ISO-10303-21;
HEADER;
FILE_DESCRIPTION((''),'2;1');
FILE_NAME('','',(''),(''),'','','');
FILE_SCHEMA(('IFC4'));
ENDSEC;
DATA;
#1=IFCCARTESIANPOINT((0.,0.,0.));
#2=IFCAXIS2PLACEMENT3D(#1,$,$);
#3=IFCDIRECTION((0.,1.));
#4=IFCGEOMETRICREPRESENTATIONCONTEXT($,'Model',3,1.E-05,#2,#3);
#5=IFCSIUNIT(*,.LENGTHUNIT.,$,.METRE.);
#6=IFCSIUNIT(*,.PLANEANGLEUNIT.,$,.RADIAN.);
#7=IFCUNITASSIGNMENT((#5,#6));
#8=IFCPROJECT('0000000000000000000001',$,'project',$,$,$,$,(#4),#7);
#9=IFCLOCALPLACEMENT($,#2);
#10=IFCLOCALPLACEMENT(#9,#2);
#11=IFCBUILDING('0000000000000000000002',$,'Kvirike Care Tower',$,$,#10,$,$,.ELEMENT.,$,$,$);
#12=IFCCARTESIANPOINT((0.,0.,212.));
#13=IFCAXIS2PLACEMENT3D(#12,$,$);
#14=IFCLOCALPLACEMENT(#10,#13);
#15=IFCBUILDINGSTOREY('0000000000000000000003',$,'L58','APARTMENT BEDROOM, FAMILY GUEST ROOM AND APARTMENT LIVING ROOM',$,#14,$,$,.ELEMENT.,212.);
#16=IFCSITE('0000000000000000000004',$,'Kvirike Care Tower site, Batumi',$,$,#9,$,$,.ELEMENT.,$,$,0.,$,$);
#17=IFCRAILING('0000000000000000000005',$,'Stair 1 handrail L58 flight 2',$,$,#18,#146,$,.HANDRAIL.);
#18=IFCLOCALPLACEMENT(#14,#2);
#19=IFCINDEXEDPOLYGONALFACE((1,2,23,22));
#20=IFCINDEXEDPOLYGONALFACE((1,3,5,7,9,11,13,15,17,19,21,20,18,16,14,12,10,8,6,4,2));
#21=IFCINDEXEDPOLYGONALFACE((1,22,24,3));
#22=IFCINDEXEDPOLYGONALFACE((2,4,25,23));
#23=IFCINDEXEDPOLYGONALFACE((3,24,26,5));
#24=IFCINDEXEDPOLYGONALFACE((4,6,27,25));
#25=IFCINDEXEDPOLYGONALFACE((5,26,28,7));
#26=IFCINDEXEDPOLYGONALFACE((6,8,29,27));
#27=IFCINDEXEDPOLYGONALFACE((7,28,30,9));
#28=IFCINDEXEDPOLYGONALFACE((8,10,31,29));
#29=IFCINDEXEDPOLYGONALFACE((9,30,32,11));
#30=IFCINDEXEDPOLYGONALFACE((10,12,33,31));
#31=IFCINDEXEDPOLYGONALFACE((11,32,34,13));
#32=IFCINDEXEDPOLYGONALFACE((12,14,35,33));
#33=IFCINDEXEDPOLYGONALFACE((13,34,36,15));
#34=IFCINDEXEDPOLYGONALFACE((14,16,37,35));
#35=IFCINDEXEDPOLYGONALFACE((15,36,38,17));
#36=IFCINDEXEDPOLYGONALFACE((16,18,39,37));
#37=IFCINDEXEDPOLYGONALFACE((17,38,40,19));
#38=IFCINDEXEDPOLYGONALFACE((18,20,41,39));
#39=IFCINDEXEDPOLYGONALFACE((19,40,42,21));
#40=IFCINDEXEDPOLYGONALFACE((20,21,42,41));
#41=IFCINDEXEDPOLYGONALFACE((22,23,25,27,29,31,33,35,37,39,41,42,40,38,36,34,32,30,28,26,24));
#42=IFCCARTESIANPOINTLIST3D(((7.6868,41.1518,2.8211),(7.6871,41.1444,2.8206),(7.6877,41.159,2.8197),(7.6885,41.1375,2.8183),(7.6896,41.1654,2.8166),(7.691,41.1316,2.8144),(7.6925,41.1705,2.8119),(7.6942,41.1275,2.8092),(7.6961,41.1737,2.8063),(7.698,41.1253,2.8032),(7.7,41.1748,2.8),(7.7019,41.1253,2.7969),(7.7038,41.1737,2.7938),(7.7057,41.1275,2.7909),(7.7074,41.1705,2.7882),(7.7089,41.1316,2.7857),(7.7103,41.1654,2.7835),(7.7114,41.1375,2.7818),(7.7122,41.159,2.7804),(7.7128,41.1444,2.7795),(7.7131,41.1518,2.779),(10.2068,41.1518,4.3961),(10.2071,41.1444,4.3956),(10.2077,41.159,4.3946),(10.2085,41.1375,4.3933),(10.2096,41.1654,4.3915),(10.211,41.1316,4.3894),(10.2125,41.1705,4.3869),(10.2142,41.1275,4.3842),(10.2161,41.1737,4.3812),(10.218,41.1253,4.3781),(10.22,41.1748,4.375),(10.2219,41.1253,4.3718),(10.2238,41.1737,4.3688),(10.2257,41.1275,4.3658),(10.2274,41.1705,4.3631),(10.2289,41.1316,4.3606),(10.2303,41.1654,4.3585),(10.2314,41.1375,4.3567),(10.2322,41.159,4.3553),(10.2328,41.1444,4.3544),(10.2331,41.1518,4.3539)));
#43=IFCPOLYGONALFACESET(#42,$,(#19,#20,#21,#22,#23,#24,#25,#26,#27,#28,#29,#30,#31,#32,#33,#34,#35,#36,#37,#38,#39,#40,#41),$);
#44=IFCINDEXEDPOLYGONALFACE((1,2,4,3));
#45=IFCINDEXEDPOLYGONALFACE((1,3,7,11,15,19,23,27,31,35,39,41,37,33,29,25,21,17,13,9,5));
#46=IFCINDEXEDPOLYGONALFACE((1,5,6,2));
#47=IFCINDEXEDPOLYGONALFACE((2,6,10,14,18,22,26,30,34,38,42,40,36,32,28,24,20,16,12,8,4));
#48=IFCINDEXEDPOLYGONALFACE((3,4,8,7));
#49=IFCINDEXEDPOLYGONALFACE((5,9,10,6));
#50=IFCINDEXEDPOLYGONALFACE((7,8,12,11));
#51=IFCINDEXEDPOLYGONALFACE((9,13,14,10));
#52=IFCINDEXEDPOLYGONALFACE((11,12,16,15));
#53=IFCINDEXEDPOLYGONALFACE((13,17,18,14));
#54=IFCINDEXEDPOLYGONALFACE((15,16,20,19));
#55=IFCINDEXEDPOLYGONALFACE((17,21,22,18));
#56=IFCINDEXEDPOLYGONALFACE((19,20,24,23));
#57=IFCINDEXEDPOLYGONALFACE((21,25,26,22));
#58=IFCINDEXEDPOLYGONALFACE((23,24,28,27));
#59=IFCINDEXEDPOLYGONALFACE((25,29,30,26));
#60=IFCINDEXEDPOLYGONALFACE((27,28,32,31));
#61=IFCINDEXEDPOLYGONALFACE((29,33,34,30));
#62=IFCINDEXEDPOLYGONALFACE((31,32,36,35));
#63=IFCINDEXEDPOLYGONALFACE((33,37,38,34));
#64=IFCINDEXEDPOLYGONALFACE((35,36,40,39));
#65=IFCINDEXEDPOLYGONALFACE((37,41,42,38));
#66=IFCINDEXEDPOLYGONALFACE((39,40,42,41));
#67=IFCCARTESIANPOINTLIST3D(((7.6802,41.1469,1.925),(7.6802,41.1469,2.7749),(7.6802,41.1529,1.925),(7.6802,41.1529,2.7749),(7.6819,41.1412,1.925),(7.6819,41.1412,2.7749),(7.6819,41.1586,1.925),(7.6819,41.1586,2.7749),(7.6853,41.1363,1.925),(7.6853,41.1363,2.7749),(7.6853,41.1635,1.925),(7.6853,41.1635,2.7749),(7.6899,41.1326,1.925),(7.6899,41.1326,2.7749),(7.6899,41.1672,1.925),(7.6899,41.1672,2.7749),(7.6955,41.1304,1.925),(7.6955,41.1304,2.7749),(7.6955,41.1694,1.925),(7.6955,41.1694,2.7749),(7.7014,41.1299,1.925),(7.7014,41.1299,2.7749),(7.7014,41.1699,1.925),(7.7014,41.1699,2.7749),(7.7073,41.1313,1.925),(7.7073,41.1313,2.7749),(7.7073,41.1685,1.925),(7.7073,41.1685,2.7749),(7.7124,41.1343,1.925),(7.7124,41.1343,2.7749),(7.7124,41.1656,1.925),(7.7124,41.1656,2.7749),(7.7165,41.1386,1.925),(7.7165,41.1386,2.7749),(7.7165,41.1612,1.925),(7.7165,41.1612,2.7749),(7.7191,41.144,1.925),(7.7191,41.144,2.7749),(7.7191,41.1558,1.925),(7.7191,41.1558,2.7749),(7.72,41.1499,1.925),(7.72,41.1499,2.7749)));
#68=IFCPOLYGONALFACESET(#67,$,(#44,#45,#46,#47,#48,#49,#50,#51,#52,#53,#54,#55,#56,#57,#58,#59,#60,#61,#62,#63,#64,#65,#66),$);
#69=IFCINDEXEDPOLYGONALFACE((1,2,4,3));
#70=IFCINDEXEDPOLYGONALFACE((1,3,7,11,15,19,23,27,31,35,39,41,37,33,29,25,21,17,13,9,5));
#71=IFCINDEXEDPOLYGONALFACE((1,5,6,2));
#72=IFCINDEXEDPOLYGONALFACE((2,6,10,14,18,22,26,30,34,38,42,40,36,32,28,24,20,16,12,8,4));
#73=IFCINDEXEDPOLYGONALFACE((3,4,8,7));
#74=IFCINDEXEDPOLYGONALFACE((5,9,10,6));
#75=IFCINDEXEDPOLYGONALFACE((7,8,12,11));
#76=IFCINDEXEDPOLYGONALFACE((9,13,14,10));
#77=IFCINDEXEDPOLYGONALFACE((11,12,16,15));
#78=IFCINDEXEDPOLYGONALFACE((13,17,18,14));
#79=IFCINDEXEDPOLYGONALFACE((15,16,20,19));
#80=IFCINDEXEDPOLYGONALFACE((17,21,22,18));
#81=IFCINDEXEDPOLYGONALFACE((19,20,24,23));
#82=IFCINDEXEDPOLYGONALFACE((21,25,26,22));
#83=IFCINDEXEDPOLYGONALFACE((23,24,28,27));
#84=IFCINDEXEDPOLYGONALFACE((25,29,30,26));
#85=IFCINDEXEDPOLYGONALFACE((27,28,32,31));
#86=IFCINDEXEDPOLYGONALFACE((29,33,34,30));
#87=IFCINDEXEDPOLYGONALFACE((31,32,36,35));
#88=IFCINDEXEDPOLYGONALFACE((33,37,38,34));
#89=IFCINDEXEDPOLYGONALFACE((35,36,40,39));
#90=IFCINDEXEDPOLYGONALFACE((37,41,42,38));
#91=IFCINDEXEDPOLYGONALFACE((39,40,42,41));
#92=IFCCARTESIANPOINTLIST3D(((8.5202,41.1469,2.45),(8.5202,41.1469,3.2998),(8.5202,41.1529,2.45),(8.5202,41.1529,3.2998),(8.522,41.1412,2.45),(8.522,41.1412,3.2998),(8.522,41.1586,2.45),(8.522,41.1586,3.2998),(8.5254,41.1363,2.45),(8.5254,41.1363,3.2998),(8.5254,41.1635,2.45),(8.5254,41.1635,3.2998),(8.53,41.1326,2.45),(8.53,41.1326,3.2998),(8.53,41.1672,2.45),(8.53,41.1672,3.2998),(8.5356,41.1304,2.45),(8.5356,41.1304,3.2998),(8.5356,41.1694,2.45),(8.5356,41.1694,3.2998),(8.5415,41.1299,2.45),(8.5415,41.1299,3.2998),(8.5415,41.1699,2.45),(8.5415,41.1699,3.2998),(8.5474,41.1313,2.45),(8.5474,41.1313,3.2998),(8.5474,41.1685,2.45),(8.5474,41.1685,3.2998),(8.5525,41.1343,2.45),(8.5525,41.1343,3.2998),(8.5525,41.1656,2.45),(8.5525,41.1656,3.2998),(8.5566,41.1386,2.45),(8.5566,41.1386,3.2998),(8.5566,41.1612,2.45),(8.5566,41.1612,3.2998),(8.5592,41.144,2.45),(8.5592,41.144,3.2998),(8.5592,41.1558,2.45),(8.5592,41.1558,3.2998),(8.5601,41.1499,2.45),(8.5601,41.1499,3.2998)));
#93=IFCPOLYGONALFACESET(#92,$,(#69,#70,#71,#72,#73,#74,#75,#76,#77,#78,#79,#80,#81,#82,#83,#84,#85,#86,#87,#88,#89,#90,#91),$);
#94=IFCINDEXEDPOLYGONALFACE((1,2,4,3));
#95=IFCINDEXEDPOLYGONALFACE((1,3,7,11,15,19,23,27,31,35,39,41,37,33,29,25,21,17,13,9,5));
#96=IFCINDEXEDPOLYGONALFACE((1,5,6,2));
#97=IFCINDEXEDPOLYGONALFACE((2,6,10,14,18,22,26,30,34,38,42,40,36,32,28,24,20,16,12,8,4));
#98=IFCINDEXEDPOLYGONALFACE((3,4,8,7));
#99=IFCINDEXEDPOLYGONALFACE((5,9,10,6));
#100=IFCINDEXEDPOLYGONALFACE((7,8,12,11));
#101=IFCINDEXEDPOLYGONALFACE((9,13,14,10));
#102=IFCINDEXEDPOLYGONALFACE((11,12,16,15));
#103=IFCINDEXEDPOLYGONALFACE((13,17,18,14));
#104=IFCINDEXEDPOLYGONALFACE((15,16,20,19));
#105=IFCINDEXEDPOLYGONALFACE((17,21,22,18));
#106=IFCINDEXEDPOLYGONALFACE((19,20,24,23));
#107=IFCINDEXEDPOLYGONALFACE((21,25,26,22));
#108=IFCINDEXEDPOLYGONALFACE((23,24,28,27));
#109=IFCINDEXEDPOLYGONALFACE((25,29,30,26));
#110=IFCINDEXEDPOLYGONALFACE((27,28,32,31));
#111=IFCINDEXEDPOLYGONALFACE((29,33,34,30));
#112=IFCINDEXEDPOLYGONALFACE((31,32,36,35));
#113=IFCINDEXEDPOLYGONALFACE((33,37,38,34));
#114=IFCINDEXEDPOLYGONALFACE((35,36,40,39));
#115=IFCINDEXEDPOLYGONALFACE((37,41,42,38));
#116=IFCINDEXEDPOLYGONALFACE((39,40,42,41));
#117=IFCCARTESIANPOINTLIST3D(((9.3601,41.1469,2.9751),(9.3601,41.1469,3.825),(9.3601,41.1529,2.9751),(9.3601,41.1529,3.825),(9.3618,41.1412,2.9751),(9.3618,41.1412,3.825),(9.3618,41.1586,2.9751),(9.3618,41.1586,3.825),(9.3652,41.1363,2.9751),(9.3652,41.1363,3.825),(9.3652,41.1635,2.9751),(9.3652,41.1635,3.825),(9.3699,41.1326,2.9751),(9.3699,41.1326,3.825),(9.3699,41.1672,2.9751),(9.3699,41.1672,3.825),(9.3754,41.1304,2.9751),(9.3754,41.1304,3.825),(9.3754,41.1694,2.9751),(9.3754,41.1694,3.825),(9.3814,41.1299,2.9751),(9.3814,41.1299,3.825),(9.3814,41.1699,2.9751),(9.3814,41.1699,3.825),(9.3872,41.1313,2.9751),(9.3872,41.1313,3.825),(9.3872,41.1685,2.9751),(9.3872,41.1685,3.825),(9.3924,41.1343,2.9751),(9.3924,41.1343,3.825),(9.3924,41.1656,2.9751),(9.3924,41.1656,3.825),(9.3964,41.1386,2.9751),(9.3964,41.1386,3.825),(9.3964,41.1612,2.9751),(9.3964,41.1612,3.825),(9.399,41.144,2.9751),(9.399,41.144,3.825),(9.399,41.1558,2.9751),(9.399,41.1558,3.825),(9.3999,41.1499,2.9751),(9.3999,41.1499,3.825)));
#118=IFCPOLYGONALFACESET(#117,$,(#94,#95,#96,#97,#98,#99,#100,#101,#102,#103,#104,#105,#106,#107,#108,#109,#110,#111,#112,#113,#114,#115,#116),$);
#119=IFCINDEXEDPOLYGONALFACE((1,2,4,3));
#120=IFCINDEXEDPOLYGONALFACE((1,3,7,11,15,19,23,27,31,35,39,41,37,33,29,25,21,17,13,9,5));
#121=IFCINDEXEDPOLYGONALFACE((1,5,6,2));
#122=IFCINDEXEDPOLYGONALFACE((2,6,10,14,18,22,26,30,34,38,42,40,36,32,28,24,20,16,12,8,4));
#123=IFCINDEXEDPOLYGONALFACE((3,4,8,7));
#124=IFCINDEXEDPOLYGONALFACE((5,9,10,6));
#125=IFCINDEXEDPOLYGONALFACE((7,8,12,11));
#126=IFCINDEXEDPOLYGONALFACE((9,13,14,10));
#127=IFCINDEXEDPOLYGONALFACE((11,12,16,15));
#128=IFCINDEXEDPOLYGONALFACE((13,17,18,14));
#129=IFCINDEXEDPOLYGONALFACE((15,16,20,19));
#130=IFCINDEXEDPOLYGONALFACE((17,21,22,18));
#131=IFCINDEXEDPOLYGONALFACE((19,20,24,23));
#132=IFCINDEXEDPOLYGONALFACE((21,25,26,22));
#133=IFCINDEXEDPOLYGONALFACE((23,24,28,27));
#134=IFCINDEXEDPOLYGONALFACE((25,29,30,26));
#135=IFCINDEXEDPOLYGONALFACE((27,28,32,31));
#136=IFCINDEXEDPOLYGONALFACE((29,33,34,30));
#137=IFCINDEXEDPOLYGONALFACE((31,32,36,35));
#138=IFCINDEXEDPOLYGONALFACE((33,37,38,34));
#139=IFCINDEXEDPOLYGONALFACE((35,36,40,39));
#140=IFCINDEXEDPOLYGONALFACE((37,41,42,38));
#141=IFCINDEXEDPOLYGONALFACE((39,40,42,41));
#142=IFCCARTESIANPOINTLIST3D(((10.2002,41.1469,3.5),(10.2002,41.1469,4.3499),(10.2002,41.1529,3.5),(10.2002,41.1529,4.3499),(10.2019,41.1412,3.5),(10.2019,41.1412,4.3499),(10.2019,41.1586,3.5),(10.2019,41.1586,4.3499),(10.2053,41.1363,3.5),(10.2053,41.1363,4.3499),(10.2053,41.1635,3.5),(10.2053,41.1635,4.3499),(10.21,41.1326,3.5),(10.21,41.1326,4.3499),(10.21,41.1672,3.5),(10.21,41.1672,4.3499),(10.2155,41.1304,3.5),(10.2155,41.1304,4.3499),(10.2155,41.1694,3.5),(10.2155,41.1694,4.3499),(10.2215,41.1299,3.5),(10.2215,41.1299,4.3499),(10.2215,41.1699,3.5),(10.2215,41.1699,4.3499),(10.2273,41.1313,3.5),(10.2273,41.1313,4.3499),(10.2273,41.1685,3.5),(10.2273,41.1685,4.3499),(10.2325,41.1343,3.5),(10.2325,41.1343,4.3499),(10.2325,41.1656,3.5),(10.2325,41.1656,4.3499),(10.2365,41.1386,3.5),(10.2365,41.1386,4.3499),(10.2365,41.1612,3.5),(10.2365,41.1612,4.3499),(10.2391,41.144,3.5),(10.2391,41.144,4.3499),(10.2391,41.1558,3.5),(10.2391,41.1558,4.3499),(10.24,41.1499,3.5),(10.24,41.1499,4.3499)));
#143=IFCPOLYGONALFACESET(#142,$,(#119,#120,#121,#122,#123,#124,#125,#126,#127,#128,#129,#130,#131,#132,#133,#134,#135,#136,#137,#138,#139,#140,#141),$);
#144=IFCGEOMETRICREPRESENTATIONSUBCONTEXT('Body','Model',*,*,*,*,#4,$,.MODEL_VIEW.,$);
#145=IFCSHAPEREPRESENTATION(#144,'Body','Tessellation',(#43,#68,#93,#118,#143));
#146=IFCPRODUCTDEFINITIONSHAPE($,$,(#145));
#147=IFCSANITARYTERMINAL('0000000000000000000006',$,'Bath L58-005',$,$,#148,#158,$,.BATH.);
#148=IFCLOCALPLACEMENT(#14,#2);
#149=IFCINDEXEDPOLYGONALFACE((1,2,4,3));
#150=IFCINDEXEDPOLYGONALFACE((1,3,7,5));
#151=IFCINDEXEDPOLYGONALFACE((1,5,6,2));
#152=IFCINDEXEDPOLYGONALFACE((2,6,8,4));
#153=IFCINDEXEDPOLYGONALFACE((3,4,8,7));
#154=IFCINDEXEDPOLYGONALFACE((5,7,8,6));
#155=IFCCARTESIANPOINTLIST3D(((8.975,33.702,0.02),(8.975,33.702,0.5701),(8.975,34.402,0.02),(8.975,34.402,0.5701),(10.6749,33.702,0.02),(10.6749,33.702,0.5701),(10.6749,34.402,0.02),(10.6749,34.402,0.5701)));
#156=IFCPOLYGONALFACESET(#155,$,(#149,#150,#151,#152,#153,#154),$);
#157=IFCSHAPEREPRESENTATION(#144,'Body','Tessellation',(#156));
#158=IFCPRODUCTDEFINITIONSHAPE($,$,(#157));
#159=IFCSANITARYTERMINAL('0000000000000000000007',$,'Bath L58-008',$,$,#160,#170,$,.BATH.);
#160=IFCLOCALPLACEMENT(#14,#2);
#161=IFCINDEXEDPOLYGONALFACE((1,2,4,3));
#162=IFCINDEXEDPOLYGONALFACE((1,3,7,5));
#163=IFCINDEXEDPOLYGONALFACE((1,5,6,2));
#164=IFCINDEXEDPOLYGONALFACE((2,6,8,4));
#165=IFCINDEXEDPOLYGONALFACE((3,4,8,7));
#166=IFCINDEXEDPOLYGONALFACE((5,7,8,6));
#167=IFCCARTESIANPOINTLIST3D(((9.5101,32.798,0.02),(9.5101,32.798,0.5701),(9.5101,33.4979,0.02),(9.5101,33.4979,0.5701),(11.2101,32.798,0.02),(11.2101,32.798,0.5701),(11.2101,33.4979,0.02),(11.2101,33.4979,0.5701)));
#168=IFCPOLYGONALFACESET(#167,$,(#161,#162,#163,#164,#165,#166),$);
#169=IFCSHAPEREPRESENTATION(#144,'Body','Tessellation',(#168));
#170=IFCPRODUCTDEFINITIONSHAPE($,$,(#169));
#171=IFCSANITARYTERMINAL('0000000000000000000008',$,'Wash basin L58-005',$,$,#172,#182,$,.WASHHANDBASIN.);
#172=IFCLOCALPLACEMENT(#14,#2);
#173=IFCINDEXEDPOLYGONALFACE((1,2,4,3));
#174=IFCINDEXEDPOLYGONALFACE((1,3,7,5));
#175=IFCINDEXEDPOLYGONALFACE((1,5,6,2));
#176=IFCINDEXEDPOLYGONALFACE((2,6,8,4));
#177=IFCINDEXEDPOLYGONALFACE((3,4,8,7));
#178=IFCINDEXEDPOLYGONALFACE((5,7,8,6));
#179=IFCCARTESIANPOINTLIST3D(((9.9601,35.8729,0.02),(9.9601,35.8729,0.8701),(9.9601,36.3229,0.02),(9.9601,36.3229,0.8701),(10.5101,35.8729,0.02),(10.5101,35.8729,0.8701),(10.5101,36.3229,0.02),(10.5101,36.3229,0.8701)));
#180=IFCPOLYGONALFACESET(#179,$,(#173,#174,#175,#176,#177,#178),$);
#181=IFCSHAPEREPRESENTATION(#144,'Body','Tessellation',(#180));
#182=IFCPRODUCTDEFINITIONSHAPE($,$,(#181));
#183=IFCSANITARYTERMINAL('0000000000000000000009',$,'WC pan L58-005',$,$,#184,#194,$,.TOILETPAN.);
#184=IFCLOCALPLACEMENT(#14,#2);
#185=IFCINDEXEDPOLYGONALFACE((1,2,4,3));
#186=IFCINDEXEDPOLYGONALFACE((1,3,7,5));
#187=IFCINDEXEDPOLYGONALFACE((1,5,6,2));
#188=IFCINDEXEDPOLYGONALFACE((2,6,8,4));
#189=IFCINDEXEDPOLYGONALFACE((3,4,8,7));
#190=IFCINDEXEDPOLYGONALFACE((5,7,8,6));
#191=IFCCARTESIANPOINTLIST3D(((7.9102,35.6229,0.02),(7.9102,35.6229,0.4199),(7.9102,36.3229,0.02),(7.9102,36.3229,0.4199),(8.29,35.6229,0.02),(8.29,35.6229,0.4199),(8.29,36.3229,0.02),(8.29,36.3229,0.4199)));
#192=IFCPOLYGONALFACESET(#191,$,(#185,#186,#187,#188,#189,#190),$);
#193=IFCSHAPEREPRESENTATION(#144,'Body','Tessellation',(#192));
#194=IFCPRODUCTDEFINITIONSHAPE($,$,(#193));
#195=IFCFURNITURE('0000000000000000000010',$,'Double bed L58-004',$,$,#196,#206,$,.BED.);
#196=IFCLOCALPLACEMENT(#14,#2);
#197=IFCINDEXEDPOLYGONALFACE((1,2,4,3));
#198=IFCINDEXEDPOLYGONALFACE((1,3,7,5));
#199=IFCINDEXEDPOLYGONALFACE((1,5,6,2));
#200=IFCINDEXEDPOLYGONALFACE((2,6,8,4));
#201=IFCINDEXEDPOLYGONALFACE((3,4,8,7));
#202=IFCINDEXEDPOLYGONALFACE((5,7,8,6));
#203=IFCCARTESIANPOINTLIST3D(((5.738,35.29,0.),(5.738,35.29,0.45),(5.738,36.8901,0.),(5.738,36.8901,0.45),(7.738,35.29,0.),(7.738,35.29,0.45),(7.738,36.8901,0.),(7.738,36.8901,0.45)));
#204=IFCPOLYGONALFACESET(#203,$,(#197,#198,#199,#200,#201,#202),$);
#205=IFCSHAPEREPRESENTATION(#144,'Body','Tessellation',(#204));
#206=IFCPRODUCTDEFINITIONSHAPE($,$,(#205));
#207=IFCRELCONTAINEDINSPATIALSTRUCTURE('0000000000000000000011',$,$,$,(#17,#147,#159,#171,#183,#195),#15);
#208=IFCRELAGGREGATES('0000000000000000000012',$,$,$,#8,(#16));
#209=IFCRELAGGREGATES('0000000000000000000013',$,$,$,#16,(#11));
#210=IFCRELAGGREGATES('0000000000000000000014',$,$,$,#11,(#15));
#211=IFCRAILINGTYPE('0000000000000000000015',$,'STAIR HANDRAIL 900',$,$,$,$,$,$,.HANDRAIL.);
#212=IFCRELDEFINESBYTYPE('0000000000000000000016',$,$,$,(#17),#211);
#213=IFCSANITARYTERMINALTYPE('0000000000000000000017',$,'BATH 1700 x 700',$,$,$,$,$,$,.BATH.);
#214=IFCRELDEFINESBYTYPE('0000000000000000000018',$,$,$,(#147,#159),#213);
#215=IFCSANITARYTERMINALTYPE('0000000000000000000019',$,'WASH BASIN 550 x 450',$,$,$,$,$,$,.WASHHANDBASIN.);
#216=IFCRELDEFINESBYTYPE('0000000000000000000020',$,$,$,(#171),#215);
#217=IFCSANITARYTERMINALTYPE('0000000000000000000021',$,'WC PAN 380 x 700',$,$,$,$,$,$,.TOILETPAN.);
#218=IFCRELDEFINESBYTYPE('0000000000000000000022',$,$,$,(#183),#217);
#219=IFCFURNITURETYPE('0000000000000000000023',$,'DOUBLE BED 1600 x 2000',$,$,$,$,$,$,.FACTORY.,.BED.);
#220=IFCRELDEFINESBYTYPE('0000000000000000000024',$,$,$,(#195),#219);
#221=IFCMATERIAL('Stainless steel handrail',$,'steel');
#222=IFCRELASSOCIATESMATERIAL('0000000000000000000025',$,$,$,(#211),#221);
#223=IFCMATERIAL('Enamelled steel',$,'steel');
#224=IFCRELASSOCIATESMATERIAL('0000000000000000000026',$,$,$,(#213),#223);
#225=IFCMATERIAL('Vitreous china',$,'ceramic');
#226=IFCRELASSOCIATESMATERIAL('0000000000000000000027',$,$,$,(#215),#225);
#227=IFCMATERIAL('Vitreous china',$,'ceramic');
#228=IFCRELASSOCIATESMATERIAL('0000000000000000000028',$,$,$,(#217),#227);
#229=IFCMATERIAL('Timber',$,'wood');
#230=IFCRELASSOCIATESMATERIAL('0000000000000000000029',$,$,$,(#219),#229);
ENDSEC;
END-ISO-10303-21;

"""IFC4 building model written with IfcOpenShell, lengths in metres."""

from ifc_helpers import new_model, si_unit, direction, frame, origin, origin_2d, place, context, subcontext, project, spatial, rectangle, circle, extrude, material, type_object, element, save


model = new_model("IFC4")

# Units and contexts
model_context = context("Model", 3, precision=1e-05, world=origin(), true_north=direction((0.0, 1.0)))
body_context = subcontext(model_context, "Body", "Model", "MODEL_VIEW")
ifc_project = project(units=[si_unit("LENGTHUNIT", "METRE"), si_unit("PLANEANGLEUNIT", "RADIAN")], contexts=[model_context])

# Site, building, storey
site_placement = place(None, origin())
site = spatial("IfcSite", under=ifc_project, at=site_placement, Name="Kvirike Care Tower site, Batumi", CompositionType="ELEMENT", RefElevation=0.0)
building_placement = place(site_placement, origin())
building = spatial("IfcBuilding", under=site, at=building_placement, Name="Kvirike Care Tower", CompositionType="ELEMENT")
storey_placement = place(building_placement, frame((0.0, 0.0, 212.0)))
storey = spatial("IfcBuildingStorey", under=building, at=storey_placement, Name="L58", Description="APARTMENT BEDROOM, FAMILY GUEST ROOM AND APARTMENT LIVING ROOM", CompositionType="ELEMENT", Elevation=212.0)

# Railing
ifc_material_1 = material(Name="Stainless steel handrail", Category="steel")
railing_type = type_object("IfcRailingType", Name="STAIR HANDRAIL 900", PredefinedType="HANDRAIL", material=ifc_material_1)
railing_1_placement = place(storey_placement, frame((7.7, 41.1499, 1.925)))
element("IfcRailing", 1, at=railing_1_placement, inside=storey, type_object=railing_type, Name="Stair 1 handrail L58 flight 2", PredefinedType="HANDRAIL", context=body_context, shape_type="SweptSolid", body=[
    extrude(circle(Radius=0.0249, at=origin_2d()), frame((0.0, 0.0, 0.875), z_axis=(0.848008, 0.0, 0.529984), x_axis=(0.0, 1.0, 0.0)), (0.0, 0.0, 1.0), 2.9717),
    extrude(circle(Radius=0.02, at=origin_2d()), origin(), (0.0, 0.0, 1.0), 0.8499),
    extrude(circle(Radius=0.02, at=origin_2d()), frame((0.8401, 0.0, 0.5249)), (0.0, 0.0, 1.0), 0.8499),
    extrude(circle(Radius=0.02, at=origin_2d()), frame((1.6799, 0.0, 1.05)), (0.0, 0.0, 1.0), 0.8499),
    extrude(circle(Radius=0.02, at=origin_2d()), frame((2.52, 0.0, 1.575)), (0.0, 0.0, 1.0), 0.8499),
])

# Sanitary terminals
ifc_material_2 = material(Name="Enamelled steel", Category="steel")
sanitary_terminal_type_1 = type_object("IfcSanitaryTerminalType", Name="BATH 1700 x 700", PredefinedType="BATH", material=ifc_material_2)
for number, where, z_axis, x_axis, name in (
    (2, (9.825, 34.052, 0.02), (0.0, 0.0, 1.0), (-1.0, 0.0, 0.0), "Bath L58-005"),
    (3, (10.3601, 33.1479, 0.02), (0.0, 0.0, 1.0), (1.0, 0.0, 0.0), "Bath L58-008"),
):
    element("IfcSanitaryTerminal", number, at=place(storey_placement, frame(where, z_axis=z_axis, x_axis=x_axis)), inside=storey, type_object=sanitary_terminal_type_1, Name=name, PredefinedType="BATH", context=body_context, shape_type="SweptSolid", body=[
        extrude(rectangle(XDim=1.7, YDim=0.7, at=origin_2d()), origin(), (0.0, 0.0, 1.0), 0.55),
    ])
ifc_material_3 = material(Name="Vitreous china", Category="ceramic")
sanitary_terminal_type_2 = type_object("IfcSanitaryTerminalType", Name="WASH BASIN 550 x 450", PredefinedType="WASHHANDBASIN", material=ifc_material_3)
sanitary_terminal_1_placement = place(storey_placement, frame((10.2351, 36.0979, 0.02), z_axis=(0.0, 0.0, 1.0), x_axis=(1.0, 0.0, 0.0)))
element("IfcSanitaryTerminal", 4, at=sanitary_terminal_1_placement, inside=storey, type_object=sanitary_terminal_type_2, Name="Wash basin L58-005", PredefinedType="WASHHANDBASIN", context=body_context, shape_type="SweptSolid", body=[
    extrude(rectangle(XDim=0.55, YDim=0.45, at=origin_2d()), origin(), (0.0, 0.0, 1.0), 0.8501),
])
ifc_material_4 = material(Name="Vitreous china", Category="ceramic")
sanitary_terminal_type_3 = type_object("IfcSanitaryTerminalType", Name="WC PAN 380 x 700", PredefinedType="TOILETPAN", material=ifc_material_4)
sanitary_terminal_2_placement = place(storey_placement, frame((8.1001, 35.9729, 0.02), z_axis=(0.0, 0.0, 1.0), x_axis=(1.0, 0.0, 0.0)))
element("IfcSanitaryTerminal", 5, at=sanitary_terminal_2_placement, inside=storey, type_object=sanitary_terminal_type_3, Name="WC pan L58-005", PredefinedType="TOILETPAN", context=body_context, shape_type="SweptSolid", body=[
    extrude(rectangle(XDim=0.3799, YDim=0.7, at=origin_2d()), origin(), (0.0, 0.0, 1.0), 0.3999),
])

# Furniture
ifc_material_5 = material(Name="Timber", Category="wood")
furniture_type = type_object("IfcFurnitureType", Name="DOUBLE BED 1600 x 2000", AssemblyPlace="FACTORY", PredefinedType="BED", material=ifc_material_5)
for number, where, z_axis, x_axis, name in (
    (6, (6.738, 36.0901, 0.0), (0.0, 0.0, 1.0), (0.0, -1.0, 0.0), "Double bed L58-004"),
):
    element("IfcFurniture", number, at=place(storey_placement, frame(where, z_axis=z_axis, x_axis=x_axis)), inside=storey, type_object=furniture_type, Name=name, PredefinedType="BED", context=body_context, shape_type="SweptSolid", body=[
        extrude(rectangle(XDim=1.6001, YDim=2.0, at=origin_2d()), origin(), (0.0, 0.0, 1.0), 0.45),
    ])

save(model, "model.ifc")
